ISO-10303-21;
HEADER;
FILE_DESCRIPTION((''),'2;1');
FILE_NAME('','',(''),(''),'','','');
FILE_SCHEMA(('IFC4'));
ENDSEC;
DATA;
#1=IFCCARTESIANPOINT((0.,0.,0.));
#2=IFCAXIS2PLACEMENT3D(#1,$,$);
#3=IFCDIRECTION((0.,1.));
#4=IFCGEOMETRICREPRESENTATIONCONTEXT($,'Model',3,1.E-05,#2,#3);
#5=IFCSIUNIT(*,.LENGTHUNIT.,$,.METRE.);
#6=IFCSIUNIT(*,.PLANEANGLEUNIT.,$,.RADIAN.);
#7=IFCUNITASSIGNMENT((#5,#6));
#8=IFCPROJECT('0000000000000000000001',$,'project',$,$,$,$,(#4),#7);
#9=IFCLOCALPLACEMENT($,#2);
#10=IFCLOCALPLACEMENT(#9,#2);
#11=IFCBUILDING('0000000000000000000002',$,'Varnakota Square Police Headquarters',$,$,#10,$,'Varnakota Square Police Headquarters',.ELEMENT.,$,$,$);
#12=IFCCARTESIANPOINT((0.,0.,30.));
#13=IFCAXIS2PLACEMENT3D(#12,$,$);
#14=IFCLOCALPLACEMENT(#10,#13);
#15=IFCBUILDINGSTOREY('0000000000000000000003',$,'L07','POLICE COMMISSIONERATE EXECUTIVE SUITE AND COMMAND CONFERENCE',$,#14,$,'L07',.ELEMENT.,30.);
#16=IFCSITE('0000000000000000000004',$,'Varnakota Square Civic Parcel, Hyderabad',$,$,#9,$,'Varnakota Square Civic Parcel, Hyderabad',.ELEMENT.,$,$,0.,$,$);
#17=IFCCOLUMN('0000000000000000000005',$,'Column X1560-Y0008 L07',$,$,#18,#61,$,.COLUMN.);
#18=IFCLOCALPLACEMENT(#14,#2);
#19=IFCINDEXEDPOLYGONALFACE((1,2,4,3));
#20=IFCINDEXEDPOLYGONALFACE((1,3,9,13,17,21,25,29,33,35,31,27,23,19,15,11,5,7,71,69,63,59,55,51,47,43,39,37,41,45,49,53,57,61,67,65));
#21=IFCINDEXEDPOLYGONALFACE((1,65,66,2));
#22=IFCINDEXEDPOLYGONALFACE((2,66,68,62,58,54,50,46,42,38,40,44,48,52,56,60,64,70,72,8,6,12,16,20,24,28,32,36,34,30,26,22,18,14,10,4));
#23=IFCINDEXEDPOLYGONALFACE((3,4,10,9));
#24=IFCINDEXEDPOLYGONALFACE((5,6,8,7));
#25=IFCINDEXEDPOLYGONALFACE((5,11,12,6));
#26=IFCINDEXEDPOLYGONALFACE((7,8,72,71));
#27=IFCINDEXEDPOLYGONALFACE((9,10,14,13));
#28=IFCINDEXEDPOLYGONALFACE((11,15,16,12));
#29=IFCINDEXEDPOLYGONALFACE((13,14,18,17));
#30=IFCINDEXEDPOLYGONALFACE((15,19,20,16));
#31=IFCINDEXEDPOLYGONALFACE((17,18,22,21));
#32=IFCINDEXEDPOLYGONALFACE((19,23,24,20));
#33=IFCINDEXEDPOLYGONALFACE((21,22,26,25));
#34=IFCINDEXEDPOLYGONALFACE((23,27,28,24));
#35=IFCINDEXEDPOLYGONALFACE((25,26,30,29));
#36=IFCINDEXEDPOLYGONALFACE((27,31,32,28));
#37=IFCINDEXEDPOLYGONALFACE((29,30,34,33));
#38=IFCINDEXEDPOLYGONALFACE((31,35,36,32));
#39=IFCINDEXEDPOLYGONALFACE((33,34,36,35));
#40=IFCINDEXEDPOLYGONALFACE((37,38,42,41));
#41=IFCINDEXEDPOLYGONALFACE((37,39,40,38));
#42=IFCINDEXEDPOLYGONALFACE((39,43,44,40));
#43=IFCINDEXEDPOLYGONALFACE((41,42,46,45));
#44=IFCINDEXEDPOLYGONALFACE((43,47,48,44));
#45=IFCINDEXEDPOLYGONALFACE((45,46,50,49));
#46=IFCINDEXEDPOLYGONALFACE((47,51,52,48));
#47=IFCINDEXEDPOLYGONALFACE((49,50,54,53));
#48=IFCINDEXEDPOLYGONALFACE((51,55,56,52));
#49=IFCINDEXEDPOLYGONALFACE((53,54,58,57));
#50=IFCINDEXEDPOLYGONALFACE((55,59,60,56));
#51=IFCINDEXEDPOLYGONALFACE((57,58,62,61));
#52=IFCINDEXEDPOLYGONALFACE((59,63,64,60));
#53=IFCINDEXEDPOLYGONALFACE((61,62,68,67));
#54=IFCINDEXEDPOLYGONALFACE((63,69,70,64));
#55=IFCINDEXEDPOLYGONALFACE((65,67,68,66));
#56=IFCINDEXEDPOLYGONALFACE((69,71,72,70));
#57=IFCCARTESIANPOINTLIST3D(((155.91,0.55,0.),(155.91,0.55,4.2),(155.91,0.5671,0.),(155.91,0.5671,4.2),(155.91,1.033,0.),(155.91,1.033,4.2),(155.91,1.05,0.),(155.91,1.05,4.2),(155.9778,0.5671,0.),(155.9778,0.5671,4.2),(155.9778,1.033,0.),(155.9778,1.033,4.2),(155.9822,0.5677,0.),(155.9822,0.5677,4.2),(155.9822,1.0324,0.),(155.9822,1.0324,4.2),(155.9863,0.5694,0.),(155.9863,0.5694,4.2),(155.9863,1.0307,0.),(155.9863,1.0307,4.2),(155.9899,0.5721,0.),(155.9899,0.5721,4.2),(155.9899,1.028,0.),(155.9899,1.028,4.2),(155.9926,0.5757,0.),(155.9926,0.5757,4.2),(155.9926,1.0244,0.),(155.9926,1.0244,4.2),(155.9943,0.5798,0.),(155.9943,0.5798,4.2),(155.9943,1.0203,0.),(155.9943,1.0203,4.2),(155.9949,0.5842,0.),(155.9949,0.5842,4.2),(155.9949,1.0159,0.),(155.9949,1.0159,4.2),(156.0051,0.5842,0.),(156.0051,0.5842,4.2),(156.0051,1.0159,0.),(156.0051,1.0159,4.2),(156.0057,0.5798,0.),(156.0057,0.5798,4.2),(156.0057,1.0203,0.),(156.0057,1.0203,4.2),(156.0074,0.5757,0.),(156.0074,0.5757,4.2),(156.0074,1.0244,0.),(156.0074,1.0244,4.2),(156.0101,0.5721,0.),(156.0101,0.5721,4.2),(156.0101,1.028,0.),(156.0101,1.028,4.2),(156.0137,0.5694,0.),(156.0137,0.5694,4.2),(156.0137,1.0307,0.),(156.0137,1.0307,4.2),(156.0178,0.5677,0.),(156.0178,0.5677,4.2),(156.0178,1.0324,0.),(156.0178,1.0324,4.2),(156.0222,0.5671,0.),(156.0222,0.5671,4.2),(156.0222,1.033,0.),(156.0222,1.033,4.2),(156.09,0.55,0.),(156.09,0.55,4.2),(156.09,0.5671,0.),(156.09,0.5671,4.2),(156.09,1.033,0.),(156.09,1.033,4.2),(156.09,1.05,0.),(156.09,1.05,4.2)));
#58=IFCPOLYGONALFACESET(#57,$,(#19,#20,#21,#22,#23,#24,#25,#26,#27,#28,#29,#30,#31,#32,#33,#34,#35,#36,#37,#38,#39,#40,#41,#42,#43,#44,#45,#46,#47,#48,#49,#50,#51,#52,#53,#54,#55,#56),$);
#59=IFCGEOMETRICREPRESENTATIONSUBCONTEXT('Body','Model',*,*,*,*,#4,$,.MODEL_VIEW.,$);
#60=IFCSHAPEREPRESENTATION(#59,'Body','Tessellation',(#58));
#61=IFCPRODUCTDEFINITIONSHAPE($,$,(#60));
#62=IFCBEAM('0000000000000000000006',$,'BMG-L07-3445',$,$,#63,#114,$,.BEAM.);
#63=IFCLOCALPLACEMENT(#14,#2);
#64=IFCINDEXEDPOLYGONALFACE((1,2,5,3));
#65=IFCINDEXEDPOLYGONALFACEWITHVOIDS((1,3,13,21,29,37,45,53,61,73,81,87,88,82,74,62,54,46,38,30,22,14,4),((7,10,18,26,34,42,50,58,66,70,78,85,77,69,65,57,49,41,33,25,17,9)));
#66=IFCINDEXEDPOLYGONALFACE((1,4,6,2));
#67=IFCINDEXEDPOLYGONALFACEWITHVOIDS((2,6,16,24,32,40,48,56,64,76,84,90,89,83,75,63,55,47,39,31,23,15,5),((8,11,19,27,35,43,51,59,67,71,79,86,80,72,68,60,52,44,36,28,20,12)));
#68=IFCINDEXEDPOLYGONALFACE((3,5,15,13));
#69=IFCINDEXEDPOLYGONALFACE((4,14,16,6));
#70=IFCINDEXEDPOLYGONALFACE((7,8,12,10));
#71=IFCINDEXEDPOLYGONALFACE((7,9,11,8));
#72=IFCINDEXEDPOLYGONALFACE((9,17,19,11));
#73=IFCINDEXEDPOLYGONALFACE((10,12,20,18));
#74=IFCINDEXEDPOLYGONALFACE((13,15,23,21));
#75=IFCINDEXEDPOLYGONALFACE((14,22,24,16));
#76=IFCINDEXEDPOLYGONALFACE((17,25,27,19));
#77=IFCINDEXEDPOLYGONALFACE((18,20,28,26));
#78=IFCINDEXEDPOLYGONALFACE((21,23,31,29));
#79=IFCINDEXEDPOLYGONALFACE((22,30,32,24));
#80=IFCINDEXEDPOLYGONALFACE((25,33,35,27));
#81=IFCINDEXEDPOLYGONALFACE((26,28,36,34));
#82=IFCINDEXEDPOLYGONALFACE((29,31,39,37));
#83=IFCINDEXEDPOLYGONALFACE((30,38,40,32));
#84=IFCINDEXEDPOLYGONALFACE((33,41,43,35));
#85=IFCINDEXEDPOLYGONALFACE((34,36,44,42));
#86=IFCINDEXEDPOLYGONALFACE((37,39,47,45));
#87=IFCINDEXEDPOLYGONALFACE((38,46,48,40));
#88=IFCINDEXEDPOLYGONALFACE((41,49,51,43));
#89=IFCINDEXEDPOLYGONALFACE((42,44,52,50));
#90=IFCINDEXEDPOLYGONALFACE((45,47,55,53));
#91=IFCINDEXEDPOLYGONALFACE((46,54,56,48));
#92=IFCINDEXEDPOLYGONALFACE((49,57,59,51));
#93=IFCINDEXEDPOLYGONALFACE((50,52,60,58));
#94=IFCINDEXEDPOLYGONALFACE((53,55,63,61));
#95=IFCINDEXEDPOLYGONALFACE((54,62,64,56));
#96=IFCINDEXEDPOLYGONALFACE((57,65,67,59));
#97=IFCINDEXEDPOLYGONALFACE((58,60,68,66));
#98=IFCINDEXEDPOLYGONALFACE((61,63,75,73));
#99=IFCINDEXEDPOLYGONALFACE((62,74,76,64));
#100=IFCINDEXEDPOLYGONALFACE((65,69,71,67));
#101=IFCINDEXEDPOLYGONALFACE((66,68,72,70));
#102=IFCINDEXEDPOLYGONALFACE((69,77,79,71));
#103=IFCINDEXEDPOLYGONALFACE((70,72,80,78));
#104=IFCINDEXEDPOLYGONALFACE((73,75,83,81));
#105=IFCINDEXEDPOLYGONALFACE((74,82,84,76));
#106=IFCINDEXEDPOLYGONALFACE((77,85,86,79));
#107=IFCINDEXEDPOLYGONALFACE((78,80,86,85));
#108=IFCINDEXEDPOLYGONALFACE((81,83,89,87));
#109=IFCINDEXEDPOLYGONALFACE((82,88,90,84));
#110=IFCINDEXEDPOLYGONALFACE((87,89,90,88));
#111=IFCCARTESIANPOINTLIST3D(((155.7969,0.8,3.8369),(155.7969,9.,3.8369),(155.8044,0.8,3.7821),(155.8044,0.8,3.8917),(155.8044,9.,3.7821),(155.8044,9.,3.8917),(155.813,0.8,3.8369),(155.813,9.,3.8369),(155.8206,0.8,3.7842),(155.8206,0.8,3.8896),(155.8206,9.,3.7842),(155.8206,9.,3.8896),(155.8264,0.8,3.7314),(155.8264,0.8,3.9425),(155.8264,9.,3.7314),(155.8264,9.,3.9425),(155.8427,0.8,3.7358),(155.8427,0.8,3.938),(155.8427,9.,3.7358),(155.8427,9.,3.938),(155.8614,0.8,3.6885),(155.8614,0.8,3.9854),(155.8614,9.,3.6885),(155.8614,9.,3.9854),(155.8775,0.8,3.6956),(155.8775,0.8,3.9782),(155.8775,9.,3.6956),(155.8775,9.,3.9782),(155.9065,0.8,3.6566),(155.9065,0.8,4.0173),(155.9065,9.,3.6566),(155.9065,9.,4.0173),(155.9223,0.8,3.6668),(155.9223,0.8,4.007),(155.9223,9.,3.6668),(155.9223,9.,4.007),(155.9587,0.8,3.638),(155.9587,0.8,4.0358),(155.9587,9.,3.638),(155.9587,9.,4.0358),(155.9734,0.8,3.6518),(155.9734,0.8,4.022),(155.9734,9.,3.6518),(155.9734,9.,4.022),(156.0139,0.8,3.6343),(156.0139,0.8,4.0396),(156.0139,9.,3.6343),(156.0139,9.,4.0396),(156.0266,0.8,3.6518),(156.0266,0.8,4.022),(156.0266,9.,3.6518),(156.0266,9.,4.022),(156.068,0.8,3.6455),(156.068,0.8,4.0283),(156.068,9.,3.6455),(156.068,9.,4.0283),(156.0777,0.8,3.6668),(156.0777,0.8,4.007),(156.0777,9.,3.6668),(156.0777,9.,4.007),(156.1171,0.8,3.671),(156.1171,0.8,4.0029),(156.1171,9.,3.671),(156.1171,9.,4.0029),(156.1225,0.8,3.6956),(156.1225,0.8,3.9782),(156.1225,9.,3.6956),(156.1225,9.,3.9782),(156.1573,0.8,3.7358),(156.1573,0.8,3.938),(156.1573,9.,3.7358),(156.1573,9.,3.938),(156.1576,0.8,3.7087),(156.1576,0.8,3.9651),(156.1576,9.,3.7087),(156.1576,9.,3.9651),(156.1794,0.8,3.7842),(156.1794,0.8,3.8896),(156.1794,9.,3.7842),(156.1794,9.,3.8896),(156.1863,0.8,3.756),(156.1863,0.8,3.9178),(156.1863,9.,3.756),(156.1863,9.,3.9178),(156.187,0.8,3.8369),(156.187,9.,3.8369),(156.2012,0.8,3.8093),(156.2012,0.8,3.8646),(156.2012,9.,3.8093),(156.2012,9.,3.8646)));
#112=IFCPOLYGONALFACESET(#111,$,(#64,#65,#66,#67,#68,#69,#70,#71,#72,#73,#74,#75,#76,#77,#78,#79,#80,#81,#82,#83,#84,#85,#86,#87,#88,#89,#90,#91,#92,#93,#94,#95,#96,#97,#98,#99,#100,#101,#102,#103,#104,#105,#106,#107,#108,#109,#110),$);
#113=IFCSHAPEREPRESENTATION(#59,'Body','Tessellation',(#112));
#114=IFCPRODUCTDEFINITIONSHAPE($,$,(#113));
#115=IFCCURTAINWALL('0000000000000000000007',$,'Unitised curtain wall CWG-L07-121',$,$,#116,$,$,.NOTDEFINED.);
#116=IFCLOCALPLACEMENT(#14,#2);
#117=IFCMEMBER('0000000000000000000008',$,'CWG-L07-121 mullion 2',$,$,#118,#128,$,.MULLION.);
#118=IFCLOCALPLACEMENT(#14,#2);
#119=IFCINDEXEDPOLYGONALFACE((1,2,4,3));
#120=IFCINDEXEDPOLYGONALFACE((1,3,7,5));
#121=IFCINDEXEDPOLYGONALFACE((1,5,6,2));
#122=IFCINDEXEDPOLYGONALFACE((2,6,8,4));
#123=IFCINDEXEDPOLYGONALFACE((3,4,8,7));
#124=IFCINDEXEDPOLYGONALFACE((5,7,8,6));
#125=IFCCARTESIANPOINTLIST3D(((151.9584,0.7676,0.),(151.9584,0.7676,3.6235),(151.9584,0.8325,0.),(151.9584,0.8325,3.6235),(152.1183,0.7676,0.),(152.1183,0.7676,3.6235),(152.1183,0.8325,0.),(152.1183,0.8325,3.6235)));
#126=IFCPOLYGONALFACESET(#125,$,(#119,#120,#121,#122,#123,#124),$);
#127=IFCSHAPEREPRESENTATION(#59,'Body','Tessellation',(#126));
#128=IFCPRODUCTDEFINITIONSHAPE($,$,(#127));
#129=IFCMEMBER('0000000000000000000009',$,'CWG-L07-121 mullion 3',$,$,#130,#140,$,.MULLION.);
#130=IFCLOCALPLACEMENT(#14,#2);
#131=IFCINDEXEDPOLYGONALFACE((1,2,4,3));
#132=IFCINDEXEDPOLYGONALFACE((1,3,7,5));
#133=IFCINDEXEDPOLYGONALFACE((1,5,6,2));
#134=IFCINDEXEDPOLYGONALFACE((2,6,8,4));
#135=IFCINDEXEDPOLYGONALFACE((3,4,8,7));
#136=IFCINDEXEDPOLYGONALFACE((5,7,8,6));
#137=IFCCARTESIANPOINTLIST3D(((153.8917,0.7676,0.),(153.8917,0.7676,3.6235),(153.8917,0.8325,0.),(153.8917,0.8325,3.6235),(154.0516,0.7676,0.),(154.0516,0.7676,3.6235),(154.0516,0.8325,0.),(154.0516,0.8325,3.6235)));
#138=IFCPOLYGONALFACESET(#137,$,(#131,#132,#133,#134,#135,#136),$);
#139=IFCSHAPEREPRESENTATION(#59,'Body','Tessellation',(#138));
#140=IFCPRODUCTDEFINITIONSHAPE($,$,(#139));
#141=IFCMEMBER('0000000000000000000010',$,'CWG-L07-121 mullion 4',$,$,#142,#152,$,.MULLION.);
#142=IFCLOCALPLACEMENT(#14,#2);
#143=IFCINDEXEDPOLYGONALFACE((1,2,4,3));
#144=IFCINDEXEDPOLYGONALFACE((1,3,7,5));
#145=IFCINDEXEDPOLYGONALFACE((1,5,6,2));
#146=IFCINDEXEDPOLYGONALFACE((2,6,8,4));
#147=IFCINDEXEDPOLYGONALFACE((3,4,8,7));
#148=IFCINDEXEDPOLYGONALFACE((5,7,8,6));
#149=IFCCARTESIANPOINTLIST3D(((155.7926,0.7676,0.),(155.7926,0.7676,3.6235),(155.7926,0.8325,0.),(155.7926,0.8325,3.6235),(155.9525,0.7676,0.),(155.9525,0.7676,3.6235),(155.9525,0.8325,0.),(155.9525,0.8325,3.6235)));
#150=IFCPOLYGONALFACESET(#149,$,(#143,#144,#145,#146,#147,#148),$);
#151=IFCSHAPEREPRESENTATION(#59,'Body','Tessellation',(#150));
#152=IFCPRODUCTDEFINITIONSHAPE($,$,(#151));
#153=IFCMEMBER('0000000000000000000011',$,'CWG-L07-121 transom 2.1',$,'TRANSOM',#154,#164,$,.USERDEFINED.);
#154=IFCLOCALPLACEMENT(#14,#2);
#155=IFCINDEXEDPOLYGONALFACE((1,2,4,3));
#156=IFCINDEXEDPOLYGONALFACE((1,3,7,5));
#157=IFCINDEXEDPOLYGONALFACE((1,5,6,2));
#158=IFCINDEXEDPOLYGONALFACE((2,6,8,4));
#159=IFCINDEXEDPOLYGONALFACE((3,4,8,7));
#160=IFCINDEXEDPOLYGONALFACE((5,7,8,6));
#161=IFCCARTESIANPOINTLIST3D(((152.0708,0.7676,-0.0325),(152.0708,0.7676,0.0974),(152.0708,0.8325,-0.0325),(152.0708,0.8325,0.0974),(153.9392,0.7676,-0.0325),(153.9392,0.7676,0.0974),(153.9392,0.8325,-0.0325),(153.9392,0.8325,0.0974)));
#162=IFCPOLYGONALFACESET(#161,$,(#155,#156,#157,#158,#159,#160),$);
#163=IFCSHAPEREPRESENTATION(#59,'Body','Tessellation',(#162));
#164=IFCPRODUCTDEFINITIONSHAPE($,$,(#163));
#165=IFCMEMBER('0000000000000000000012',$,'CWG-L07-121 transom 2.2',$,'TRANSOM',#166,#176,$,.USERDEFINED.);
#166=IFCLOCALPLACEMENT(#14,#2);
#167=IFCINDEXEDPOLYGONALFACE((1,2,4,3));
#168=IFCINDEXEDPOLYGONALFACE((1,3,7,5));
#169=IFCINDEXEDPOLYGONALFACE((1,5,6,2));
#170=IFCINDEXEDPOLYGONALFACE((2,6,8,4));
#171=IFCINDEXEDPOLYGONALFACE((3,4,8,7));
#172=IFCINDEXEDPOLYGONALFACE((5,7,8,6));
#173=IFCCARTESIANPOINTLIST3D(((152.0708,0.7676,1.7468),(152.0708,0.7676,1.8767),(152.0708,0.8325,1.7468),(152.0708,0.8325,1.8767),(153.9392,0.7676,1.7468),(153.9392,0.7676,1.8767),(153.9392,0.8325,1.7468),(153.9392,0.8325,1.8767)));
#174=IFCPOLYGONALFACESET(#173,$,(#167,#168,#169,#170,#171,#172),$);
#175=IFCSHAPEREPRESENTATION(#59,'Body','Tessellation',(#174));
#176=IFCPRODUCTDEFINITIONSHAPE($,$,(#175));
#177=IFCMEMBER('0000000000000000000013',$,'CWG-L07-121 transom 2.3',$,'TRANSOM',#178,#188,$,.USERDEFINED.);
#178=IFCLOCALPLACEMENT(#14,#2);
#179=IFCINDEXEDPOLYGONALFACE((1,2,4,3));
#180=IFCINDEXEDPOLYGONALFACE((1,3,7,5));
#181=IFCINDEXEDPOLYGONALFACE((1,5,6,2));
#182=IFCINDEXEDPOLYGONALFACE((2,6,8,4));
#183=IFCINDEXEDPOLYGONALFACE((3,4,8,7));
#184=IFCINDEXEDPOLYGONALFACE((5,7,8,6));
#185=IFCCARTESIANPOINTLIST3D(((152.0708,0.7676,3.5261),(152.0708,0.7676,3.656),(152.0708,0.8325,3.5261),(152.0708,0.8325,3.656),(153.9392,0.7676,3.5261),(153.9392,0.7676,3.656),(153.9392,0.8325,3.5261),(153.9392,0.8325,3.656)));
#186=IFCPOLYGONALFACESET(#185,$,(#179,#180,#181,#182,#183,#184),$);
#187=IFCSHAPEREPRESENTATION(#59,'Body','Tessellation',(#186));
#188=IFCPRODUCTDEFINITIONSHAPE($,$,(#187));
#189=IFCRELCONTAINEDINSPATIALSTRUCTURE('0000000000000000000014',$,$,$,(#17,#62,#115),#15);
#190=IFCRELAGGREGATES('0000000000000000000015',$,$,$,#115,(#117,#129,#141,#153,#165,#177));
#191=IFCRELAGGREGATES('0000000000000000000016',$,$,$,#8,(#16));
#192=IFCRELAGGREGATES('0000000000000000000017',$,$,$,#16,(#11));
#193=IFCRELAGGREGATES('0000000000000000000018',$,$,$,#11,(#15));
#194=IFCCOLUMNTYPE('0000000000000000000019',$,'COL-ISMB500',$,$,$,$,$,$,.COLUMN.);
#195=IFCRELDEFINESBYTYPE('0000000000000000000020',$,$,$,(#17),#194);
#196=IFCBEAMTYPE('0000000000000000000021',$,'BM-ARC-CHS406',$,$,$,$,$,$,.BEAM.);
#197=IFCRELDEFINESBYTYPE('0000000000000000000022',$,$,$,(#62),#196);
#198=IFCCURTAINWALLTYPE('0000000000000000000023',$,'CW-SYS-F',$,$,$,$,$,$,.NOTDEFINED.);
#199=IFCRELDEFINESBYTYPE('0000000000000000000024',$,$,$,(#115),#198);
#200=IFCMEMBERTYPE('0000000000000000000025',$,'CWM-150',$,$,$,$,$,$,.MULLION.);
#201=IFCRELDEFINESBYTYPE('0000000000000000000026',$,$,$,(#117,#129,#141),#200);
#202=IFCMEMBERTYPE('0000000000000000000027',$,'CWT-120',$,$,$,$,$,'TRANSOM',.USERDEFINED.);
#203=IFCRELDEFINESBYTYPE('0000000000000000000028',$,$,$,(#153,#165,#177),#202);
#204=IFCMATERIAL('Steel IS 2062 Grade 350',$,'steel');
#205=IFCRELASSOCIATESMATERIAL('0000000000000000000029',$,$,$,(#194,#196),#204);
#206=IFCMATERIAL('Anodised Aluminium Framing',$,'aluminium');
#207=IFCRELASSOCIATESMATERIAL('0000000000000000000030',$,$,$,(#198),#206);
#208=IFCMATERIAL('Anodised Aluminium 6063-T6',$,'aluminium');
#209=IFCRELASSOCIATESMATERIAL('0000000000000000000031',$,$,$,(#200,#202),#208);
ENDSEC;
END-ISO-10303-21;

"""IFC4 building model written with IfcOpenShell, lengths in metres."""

from ifc_helpers import new_model, si_unit, direction, frame, origin, origin_2d, place, context, subcontext, project, spatial, rectangle, hollow_circle, i_section, extrude, material, material_profile, profile_set, type_object, element, aggregate, save


model = new_model("IFC4")

# Units and contexts
model_context = context("Model", 3, precision=1e-05, world=origin(), true_north=direction((0.0, 1.0)))
body_context = subcontext(model_context, "Body", "Model", "MODEL_VIEW")
ifc_project = project(units=[si_unit("LENGTHUNIT", "METRE"), si_unit("PLANEANGLEUNIT", "RADIAN")], contexts=[model_context])

# Site, building, storey
site_placement = place(None, origin())
site = spatial("IfcSite", under=ifc_project, at=site_placement, Name="Varnakota Square Civic Parcel, Hyderabad", LongName="Varnakota Square Civic Parcel, Hyderabad", CompositionType="ELEMENT", RefElevation=0.0)
building_placement = place(site_placement, origin())
building = spatial("IfcBuilding", under=site, at=building_placement, Name="Varnakota Square Police Headquarters", LongName="Varnakota Square Police Headquarters", CompositionType="ELEMENT")
storey_placement = place(building_placement, frame((0.0, 0.0, 30.0)))
storey = spatial("IfcBuildingStorey", under=building, at=storey_placement, Name="L07", Description="POLICE COMMISSIONERATE EXECUTIVE SUITE AND COMMAND CONFERENCE", LongName="L07", CompositionType="ELEMENT", Elevation=30.0)

# Column
ifc_material_1 = material(Name="Steel IS 2062 Grade 350", Category="steel")
ifc_material_profile_1 = material_profile(ifc_material_1, i_section(OverallWidth=0.1799, OverallDepth=0.5, WebThickness=0.0103, FlangeThickness=0.0171, FilletRadius=0.0171, at=origin_2d()), Name="ISMB 500")
ifc_profile_set_1 = profile_set([ifc_material_profile_1], Name="Steel IS 2062 Grade 350")
column_type = type_object("IfcColumnType", Name="COL-ISMB500", PredefinedType="COLUMN", material=ifc_profile_set_1)
column_placement = place(storey_placement, frame((156.0, 0.8, 0.0), z_axis=(0.0, 0.0, 1.0), x_axis=(1.0, 0.0, 0.0)))
element("IfcColumn", 1, at=column_placement, inside=storey, type_object=column_type, Name="Column X1560-Y0008 L07", PredefinedType="COLUMN", context=body_context, shape_type="SweptSolid", body=[
    extrude(i_section(OverallWidth=0.1799, OverallDepth=0.5, WebThickness=0.0103, FlangeThickness=0.0171, FilletRadius=0.0171, at=origin_2d()), origin(), (0.0, 0.0, 1.0), 4.2),
])

# Beam
ifc_material_profile_2 = material_profile(ifc_material_1, hollow_circle(Radius=0.2031, WallThickness=0.0161, at=origin_2d()), Name="CHS 406.4x16.0")
ifc_profile_set_2 = profile_set([ifc_material_profile_2], Name="Steel IS 2062 Grade 350")
beam_type = type_object("IfcBeamType", Name="BM-ARC-CHS406", PredefinedType="BEAM", material=ifc_profile_set_2)
beam_placement = place(storey_placement, frame((156.0, 0.8, 3.8369), z_axis=(0.0, 1.0, 0.0), x_axis=(-1.0, 0.0, 0.0)))
element("IfcBeam", 2, at=beam_placement, inside=storey, type_object=beam_type, Name="BMG-L07-3445", PredefinedType="BEAM", context=body_context, shape_type="SweptSolid", body=[
    extrude(hollow_circle(Radius=0.2031, WallThickness=0.0161, at=origin_2d()), origin(), (0.0, 0.0, 1.0), 8.2),
])

# Curtain wall, members
ifc_material_2 = material(Name="Anodised Aluminium Framing", Category="aluminium")
curtain_wall_type = type_object("IfcCurtainWallType", Name="CW-SYS-F", PredefinedType="NOTDEFINED", material=ifc_material_2)
curtain_wall_placement = place(storey_placement, origin())
curtain_wall = element("IfcCurtainWall", 3, at=curtain_wall_placement, inside=storey, type_object=curtain_wall_type, Name="Unitised curtain wall CWG-L07-121", PredefinedType="NOTDEFINED")
ifc_material_3 = material(Name="Anodised Aluminium 6063-T6", Category="aluminium")
ifc_material_profile_3 = material_profile(ifc_material_3, rectangle(XDim=0.0649, YDim=0.1599, at=origin_2d()), Name="ALU MULLION 65x160")
ifc_profile_set_3 = profile_set([ifc_material_profile_3], Name="Anodised Aluminium 6063-T6")
member_type_1 = type_object("IfcMemberType", Name="CWM-150", PredefinedType="MULLION", material=ifc_profile_set_3)
member_1_placement = place(storey_placement, frame((152.0383, 0.8, 0.0), z_axis=(0.0, 0.0, 1.0), x_axis=(0.0, 1.0, 0.0)))
member_1 = element("IfcMember", 4, at=member_1_placement, type_object=member_type_1, Name="CWG-L07-121 mullion 2", PredefinedType="MULLION", context=body_context, shape_type="SweptSolid", body=[
    extrude(rectangle(XDim=0.0649, YDim=0.1599, at=origin_2d()), origin(), (0.0, 0.0, 1.0), 3.6235),
])
member_2_placement = place(storey_placement, frame((153.9717, 0.8, 0.0), z_axis=(0.0, 0.0, 1.0), x_axis=(0.0, 1.0, 0.0)))
member_2 = element("IfcMember", 5, at=member_2_placement, type_object=member_type_1, Name="CWG-L07-121 mullion 3", PredefinedType="MULLION", context=body_context, shape_type="SweptSolid", body=[
    extrude(rectangle(XDim=0.0649, YDim=0.1599, at=origin_2d()), origin(), (0.0, 0.0, 1.0), 3.6235),
])
member_3_placement = place(storey_placement, frame((155.8726, 0.8, 0.0), z_axis=(0.0, 0.0, 1.0), x_axis=(0.0, 1.0, 0.0)))
member_3 = element("IfcMember", 6, at=member_3_placement, type_object=member_type_1, Name="CWG-L07-121 mullion 4", PredefinedType="MULLION", context=body_context, shape_type="SweptSolid", body=[
    extrude(rectangle(XDim=0.0649, YDim=0.1599, at=origin_2d()), origin(), (0.0, 0.0, 1.0), 3.6235),
])
ifc_material_profile_4 = material_profile(ifc_material_3, rectangle(XDim=0.0649, YDim=0.1299, at=origin_2d()), Name="ALU TRANSOM 65x130")
ifc_profile_set_4 = profile_set([ifc_material_profile_4], Name="Anodised Aluminium 6063-T6")
member_type_2 = type_object("IfcMemberType", Name="CWT-120", ElementType="TRANSOM", PredefinedType="USERDEFINED", material=ifc_profile_set_4)
member_4_placement = place(storey_placement, frame((152.0708, 0.8, 0.0325), z_axis=(1.0, 0.0, 0.0), x_axis=(0.0, 1.0, 0.0)))
member_4 = element("IfcMember", 7, at=member_4_placement, type_object=member_type_2, Name="CWG-L07-121 transom 2.1", ObjectType="TRANSOM", PredefinedType="USERDEFINED", context=body_context, shape_type="SweptSolid", body=[
    extrude(rectangle(XDim=0.0649, YDim=0.1299, at=origin_2d()), origin(), (0.0, 0.0, 1.0), 1.8684),
])
member_5_placement = place(storey_placement, frame((152.0708, 0.8, 1.8118), z_axis=(1.0, 0.0, 0.0), x_axis=(0.0, 1.0, 0.0)))
member_5 = element("IfcMember", 8, at=member_5_placement, type_object=member_type_2, Name="CWG-L07-121 transom 2.2", ObjectType="TRANSOM", PredefinedType="USERDEFINED", context=body_context, shape_type="SweptSolid", body=[
    extrude(rectangle(XDim=0.0649, YDim=0.1299, at=origin_2d()), origin(), (0.0, 0.0, 1.0), 1.8684),
])
member_6_placement = place(storey_placement, frame((152.0708, 0.8, 3.5911), z_axis=(1.0, 0.0, 0.0), x_axis=(0.0, 1.0, 0.0)))
member_6 = element("IfcMember", 9, at=member_6_placement, type_object=member_type_2, Name="CWG-L07-121 transom 2.3", ObjectType="TRANSOM", PredefinedType="USERDEFINED", context=body_context, shape_type="SweptSolid", body=[
    extrude(rectangle(XDim=0.0649, YDim=0.1299, at=origin_2d()), origin(), (0.0, 0.0, 1.0), 1.8684),
])
aggregate(curtain_wall, [member_1, member_2, member_3, member_4, member_5, member_6])

save(model, "model.ifc")
